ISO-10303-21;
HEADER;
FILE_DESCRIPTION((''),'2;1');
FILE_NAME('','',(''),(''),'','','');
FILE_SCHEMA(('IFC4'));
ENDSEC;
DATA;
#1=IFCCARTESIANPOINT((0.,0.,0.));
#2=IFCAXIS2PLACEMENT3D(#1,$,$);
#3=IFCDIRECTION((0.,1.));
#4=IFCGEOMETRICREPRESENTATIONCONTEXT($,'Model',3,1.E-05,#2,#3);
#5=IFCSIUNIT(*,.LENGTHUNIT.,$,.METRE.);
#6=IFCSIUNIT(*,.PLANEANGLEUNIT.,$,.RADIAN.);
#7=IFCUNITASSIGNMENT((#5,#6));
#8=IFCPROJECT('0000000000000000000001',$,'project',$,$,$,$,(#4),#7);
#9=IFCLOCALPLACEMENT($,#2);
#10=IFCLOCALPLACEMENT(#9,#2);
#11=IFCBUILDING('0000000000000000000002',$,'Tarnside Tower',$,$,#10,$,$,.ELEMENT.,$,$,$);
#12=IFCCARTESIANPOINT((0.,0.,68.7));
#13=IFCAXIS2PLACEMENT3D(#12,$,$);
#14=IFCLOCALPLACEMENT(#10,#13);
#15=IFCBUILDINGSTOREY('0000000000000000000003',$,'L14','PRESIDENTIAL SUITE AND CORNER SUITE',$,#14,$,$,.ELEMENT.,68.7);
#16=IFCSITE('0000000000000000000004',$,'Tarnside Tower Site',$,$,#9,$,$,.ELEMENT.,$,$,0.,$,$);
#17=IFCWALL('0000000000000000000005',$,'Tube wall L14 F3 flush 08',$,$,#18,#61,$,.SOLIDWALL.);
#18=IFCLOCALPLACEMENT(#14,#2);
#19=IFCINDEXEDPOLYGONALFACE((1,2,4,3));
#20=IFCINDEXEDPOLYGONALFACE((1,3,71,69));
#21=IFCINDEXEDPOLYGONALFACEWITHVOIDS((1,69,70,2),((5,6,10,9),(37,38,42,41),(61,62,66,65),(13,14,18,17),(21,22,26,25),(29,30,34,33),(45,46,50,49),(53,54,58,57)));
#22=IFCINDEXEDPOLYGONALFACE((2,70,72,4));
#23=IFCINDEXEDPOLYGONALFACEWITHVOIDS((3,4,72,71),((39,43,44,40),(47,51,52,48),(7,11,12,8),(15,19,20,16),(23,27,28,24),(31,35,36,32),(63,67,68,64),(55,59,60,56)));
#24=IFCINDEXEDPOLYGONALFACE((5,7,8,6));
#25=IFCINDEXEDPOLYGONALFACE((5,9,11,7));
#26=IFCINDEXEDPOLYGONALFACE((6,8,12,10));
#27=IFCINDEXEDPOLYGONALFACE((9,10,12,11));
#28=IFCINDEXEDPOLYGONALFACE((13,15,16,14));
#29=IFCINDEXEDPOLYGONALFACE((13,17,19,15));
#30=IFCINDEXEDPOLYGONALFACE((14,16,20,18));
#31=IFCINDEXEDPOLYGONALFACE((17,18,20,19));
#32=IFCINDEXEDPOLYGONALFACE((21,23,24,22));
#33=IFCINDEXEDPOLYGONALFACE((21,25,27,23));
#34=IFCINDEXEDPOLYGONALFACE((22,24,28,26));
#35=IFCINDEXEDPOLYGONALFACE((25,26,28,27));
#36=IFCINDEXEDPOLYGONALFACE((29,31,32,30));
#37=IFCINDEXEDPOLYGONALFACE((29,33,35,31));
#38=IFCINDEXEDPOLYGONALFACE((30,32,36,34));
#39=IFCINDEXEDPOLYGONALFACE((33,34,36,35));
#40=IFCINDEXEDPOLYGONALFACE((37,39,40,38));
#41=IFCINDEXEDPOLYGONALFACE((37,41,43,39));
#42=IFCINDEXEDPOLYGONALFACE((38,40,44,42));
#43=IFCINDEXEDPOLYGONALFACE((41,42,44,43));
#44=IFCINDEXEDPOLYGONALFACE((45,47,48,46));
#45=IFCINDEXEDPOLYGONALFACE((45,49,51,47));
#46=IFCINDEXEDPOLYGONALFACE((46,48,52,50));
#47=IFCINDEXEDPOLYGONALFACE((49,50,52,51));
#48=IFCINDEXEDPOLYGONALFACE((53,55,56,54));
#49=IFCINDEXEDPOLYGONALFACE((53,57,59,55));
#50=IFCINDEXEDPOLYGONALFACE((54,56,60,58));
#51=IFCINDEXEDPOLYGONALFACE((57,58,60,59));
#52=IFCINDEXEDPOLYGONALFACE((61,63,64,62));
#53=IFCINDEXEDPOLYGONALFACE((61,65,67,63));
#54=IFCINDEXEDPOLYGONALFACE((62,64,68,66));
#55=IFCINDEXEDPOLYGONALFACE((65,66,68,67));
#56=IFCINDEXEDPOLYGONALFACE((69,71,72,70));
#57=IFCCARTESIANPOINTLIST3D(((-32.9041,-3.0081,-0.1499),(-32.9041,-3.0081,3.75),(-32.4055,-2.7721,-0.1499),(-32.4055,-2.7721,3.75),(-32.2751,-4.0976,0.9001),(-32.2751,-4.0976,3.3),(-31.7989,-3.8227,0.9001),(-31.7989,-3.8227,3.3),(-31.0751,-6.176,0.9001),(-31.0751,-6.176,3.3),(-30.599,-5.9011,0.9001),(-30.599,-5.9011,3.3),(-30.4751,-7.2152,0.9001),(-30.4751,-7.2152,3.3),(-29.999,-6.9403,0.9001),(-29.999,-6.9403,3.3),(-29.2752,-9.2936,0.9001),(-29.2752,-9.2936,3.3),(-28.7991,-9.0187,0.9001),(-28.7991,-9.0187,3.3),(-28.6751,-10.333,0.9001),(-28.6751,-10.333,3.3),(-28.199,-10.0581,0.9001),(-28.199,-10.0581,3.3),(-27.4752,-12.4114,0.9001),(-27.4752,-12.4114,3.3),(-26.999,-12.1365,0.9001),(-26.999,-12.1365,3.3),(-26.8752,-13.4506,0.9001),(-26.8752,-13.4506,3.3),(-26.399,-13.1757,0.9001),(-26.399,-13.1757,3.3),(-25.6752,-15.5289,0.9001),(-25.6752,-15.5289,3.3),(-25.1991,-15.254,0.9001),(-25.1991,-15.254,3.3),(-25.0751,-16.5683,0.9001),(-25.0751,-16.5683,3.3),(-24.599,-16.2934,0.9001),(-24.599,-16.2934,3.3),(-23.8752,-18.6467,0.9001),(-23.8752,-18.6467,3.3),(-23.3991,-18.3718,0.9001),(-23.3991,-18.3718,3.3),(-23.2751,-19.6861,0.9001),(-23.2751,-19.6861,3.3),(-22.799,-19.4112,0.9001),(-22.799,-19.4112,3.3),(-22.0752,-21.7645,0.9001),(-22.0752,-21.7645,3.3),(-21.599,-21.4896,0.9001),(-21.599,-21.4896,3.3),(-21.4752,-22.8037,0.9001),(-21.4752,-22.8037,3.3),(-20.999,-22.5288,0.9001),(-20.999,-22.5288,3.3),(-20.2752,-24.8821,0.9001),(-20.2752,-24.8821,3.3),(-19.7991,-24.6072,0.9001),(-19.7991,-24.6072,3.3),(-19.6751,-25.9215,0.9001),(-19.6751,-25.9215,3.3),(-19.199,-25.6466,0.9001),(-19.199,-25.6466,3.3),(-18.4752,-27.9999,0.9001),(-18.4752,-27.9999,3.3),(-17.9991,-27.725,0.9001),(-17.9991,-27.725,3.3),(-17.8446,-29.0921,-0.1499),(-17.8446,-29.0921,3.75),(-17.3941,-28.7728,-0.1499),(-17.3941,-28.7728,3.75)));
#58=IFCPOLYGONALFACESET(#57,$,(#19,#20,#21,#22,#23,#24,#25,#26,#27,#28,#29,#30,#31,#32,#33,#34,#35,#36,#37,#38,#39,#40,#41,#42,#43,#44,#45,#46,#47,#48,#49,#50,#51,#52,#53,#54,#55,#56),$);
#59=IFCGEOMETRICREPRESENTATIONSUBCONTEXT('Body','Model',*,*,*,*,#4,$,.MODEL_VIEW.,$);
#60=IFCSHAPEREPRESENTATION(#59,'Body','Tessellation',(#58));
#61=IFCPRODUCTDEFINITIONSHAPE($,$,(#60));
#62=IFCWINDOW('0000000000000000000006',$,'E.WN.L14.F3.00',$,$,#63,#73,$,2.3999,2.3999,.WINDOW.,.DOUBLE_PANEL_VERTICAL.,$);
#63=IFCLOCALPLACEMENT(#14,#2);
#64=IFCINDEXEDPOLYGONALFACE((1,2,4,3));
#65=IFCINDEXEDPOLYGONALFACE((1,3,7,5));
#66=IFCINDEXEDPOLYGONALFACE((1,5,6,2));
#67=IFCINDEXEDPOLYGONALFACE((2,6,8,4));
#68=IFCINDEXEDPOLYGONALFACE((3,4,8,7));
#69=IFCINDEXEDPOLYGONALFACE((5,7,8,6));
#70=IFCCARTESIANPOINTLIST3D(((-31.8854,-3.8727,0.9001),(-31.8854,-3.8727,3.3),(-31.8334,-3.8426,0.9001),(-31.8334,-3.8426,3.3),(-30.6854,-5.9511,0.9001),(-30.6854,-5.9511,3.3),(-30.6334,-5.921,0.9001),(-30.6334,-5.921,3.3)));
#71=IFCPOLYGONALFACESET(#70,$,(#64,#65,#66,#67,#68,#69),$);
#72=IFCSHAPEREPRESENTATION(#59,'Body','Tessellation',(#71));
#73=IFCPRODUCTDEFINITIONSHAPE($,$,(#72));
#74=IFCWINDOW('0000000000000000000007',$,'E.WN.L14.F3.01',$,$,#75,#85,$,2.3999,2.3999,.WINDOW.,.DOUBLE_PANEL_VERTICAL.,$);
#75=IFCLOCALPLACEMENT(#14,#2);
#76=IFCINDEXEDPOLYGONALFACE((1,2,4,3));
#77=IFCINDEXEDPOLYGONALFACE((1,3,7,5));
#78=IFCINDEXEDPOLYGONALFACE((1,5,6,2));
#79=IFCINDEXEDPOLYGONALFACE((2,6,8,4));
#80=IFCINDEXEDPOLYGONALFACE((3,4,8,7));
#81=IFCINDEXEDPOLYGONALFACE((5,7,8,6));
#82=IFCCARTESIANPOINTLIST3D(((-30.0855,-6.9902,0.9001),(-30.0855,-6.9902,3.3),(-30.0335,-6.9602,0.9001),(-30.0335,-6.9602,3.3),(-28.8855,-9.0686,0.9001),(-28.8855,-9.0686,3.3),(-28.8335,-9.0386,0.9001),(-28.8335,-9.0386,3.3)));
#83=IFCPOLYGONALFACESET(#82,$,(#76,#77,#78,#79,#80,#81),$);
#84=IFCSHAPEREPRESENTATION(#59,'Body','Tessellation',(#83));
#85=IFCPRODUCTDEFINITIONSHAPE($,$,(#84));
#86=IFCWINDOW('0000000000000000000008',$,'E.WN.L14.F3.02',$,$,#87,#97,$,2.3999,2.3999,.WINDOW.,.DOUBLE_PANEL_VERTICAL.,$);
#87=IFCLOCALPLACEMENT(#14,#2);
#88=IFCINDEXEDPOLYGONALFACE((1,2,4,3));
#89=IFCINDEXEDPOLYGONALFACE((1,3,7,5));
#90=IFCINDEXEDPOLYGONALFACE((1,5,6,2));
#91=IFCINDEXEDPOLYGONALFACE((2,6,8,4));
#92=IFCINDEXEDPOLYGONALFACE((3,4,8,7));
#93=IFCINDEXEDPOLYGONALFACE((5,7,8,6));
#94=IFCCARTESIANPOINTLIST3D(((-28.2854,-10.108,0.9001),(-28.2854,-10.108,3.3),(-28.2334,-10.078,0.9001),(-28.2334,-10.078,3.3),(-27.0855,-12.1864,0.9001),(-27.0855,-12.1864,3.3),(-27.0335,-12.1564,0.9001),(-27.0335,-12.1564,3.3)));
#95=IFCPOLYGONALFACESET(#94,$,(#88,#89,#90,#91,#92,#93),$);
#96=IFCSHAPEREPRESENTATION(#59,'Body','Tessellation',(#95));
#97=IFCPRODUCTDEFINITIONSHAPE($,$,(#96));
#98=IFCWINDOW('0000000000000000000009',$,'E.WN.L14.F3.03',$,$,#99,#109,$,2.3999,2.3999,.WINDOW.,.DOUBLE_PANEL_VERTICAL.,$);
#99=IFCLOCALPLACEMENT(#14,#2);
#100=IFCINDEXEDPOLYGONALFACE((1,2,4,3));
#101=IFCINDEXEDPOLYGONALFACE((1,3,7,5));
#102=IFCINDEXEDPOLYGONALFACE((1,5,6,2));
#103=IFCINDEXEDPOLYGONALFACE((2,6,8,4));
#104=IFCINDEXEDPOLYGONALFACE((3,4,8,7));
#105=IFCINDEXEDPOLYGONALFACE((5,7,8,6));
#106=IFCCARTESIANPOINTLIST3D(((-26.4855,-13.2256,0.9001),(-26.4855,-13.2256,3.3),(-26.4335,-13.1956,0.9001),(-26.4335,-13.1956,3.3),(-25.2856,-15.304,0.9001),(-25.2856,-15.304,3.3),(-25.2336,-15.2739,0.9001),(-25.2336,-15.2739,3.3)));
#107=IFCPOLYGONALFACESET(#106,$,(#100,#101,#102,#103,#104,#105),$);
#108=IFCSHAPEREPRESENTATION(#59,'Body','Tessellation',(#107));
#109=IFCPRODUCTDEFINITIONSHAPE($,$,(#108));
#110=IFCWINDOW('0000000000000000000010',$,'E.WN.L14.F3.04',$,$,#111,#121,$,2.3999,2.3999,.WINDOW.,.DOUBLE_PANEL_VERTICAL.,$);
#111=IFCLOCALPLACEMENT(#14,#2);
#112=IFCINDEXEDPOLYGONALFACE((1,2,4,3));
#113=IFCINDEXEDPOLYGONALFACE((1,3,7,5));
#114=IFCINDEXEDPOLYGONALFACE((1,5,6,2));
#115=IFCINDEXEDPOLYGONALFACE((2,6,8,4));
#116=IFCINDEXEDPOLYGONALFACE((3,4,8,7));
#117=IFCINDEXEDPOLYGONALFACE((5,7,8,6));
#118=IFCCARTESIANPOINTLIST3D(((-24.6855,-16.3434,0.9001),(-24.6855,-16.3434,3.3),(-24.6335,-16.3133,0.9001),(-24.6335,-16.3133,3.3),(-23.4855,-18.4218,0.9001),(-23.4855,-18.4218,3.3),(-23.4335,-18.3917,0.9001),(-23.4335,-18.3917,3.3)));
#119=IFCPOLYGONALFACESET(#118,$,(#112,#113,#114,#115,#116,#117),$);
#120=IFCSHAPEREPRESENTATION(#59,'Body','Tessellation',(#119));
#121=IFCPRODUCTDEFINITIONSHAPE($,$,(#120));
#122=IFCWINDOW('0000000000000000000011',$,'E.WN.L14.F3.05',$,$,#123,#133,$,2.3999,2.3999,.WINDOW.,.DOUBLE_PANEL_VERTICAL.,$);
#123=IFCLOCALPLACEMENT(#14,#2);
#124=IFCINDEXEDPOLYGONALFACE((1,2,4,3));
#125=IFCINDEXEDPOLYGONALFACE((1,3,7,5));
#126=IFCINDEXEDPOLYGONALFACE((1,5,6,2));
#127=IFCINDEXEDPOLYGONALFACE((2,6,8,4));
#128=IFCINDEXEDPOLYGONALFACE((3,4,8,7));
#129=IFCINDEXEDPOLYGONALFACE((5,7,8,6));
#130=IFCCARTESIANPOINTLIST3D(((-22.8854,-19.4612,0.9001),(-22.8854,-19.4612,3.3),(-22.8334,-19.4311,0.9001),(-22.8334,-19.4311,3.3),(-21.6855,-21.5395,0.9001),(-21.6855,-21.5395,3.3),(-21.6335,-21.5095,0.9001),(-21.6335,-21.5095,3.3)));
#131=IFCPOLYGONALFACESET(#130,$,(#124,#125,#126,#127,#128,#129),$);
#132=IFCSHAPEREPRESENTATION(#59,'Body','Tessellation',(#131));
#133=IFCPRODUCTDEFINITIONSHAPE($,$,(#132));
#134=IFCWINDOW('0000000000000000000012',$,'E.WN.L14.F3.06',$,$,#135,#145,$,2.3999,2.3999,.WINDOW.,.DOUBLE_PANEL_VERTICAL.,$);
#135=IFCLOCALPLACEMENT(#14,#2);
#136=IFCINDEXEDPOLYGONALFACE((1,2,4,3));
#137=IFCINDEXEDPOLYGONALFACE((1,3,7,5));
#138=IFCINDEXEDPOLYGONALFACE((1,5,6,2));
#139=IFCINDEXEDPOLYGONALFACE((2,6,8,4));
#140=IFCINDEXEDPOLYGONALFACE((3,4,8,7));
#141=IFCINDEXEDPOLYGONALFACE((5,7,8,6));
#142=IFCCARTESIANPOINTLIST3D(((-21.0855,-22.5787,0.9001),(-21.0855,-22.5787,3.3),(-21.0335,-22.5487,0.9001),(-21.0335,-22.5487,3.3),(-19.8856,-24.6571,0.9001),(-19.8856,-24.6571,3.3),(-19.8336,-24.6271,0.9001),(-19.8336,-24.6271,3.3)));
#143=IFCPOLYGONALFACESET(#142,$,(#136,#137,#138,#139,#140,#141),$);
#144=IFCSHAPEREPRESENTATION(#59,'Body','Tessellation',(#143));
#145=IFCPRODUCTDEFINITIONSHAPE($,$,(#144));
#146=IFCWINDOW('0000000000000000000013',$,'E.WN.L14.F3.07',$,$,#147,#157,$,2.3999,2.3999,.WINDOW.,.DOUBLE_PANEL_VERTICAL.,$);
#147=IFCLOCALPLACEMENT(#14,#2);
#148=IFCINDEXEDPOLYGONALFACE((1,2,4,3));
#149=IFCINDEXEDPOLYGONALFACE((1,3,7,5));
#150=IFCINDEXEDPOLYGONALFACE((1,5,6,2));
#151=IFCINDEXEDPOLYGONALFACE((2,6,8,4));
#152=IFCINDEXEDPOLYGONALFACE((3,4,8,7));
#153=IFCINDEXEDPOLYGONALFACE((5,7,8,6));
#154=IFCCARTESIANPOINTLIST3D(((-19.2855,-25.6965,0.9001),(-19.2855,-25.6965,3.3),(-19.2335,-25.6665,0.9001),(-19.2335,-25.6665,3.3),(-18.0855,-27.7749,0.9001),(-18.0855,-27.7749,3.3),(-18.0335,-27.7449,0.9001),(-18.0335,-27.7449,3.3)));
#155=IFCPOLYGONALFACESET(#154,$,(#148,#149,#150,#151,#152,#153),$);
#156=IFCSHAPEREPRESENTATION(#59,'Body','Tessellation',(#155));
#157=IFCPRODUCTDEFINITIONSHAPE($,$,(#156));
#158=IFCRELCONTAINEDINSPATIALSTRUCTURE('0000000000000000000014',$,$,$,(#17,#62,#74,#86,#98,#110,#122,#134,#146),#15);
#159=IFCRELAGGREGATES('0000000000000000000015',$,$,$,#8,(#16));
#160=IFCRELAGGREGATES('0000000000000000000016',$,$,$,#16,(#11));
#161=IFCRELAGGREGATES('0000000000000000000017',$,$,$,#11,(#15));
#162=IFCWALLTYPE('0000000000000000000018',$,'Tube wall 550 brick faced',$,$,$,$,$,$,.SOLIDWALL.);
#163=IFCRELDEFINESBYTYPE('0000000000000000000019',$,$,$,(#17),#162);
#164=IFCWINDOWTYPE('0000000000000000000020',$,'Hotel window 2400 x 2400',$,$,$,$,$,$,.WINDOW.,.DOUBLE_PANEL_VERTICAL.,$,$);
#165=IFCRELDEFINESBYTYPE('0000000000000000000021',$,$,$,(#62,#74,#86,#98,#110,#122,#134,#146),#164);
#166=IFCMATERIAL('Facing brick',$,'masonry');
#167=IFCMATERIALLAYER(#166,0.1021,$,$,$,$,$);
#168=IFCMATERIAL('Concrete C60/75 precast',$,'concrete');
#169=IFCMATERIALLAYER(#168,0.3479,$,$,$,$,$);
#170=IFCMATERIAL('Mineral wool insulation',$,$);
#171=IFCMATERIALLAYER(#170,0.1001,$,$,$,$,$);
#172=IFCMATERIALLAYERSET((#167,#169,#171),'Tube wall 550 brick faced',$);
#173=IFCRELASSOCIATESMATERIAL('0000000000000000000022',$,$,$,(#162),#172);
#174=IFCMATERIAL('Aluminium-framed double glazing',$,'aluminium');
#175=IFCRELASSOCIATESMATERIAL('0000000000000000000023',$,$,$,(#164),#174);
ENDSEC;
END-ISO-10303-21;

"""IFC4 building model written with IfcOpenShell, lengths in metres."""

from ifc_helpers import new_model, si_unit, direction, frame, frame_2d, origin, place, context, subcontext, project, spatial, polyline, rectangle, outline, extrude, material, layer, layer_set, type_object, element, fill, save


model = new_model("IFC4")

# Units and contexts
model_context = context("Model", 3, precision=1e-05, world=origin(), true_north=direction((0.0, 1.0)))
body_context = subcontext(model_context, "Body", "Model", "MODEL_VIEW")
ifc_project = project(units=[si_unit("LENGTHUNIT", "METRE"), si_unit("PLANEANGLEUNIT", "RADIAN")], contexts=[model_context])

# Site, building, storey
site_placement = place(None, origin())
site = spatial("IfcSite", under=ifc_project, at=site_placement, Name="Tarnside Tower Site", CompositionType="ELEMENT", RefElevation=0.0)
building_placement = place(site_placement, origin())
building = spatial("IfcBuilding", under=site, at=building_placement, Name="Tarnside Tower", CompositionType="ELEMENT")
storey_placement = place(building_placement, frame((0.0, 0.0, 68.7)))
storey = spatial("IfcBuildingStorey", under=building, at=storey_placement, Name="L14", Description="PRESIDENTIAL SUITE AND CORNER SUITE", CompositionType="ELEMENT", Elevation=68.7)

# Shared definitions
ifc_material_1 = material(Name="Facing brick", Category="masonry")
ifc_layer_1 = layer(ifc_material_1, 0.1021)
ifc_material_2 = material(Name="Concrete C60/75 precast", Category="concrete")
ifc_layer_2 = layer(ifc_material_2, 0.3479)
ifc_material_3 = material(Name="Mineral wool insulation")
ifc_layer_3 = layer(ifc_material_3, 0.1001)
ifc_layer_set_1 = layer_set([ifc_layer_1, ifc_layer_2, ifc_layer_3], Name="Tube wall 550 brick faced")
wall_type_1 = type_object("IfcWallType", Name="Tube wall 550 brick faced", PredefinedType="SOLIDWALL", material=ifc_layer_set_1)

# Wall, openings, windows
wall_1_placement = place(storey_placement, frame((-32.6548, -2.8901, -0.1499), z_axis=(0.0, 0.0, 1.0), x_axis=(0.499998, -0.866027, 0.0)))
wall_1 = element("IfcWall", 1, at=wall_1_placement, inside=storey, type_object=wall_type_1, Name="Tube wall L14 F3 flush 08", PredefinedType="SOLIDWALL", context=body_context, shape_type="SweptSolid", body=[
    extrude(outline(polyline([(-0.0225, -0.2749), (30.0967, -0.2749), (30.0454, 0.2749), (0.0225, 0.2749), (-0.0225, -0.2749)])), origin(), (0.0, 0.0, 1.0), 3.8999),
])
opening_1_placement = place(wall_1_placement, frame((1.2356, 0.0, 1.05)))
opening_1 = element("IfcOpeningElement", 2, at=opening_1_placement, cuts=wall_1, PredefinedType="OPENING", context=body_context, shape_type="SweptSolid", body=[
    extrude(rectangle(XDim=2.3999, YDim=2.3999, at=frame_2d((1.2, 1.2))), frame((0.0, 0.2852, 0.0), z_axis=(0.0, -1.0, 0.0), x_axis=(1.0, 0.0, 0.0)), (0.0, 0.0, 1.0), 0.5701),
])
opening_2_placement = place(wall_1_placement, frame((4.8354, 0.0, 1.05)))
opening_2 = element("IfcOpeningElement", 3, at=opening_2_placement, cuts=wall_1, PredefinedType="OPENING", context=body_context, shape_type="SweptSolid", body=[
    extrude(rectangle(XDim=2.3999, YDim=2.3999, at=frame_2d((1.2, 1.2))), frame((0.0, 0.2852, 0.0), z_axis=(0.0, -1.0, 0.0), x_axis=(1.0, 0.0, 0.0)), (0.0, 0.0, 1.0), 0.5701),
])
opening_3_placement = place(wall_1_placement, frame((8.4355, 0.0, 1.05)))
opening_3 = element("IfcOpeningElement", 4, at=opening_3_placement, cuts=wall_1, PredefinedType="OPENING", context=body_context, shape_type="SweptSolid", body=[
    extrude(rectangle(XDim=2.3999, YDim=2.3999, at=frame_2d((1.2, 1.2))), frame((0.0, 0.2852, 0.0), z_axis=(0.0, -1.0, 0.0), x_axis=(1.0, 0.0, 0.0)), (0.0, 0.0, 1.0), 0.5701),
])
opening_4_placement = place(wall_1_placement, frame((12.0354, 0.0, 1.05)))
opening_4 = element("IfcOpeningElement", 5, at=opening_4_placement, cuts=wall_1, PredefinedType="OPENING", context=body_context, shape_type="SweptSolid", body=[
    extrude(rectangle(XDim=2.3999, YDim=2.3999, at=frame_2d((1.2, 1.2))), frame((0.0, 0.2852, 0.0), z_axis=(0.0, -1.0, 0.0), x_axis=(1.0, 0.0, 0.0)), (0.0, 0.0, 1.0), 0.5701),
])
opening_5_placement = place(wall_1_placement, frame((15.6355, 0.0, 1.05)))
opening_5 = element("IfcOpeningElement", 6, at=opening_5_placement, cuts=wall_1, PredefinedType="OPENING", context=body_context, shape_type="SweptSolid", body=[
    extrude(rectangle(XDim=2.3999, YDim=2.3999, at=frame_2d((1.2, 1.2))), frame((0.0, 0.2852, 0.0), z_axis=(0.0, -1.0, 0.0), x_axis=(1.0, 0.0, 0.0)), (0.0, 0.0, 1.0), 0.5701),
])
opening_6_placement = place(wall_1_placement, frame((19.2356, 0.0, 1.05)))
opening_6 = element("IfcOpeningElement", 7, at=opening_6_placement, cuts=wall_1, PredefinedType="OPENING", context=body_context, shape_type="SweptSolid", body=[
    extrude(rectangle(XDim=2.3999, YDim=2.3999, at=frame_2d((1.2, 1.2))), frame((0.0, 0.2852, 0.0), z_axis=(0.0, -1.0, 0.0), x_axis=(1.0, 0.0, 0.0)), (0.0, 0.0, 1.0), 0.5701),
])
opening_7_placement = place(wall_1_placement, frame((22.8354, 0.0, 1.05)))
opening_7 = element("IfcOpeningElement", 8, at=opening_7_placement, cuts=wall_1, PredefinedType="OPENING", context=body_context, shape_type="SweptSolid", body=[
    extrude(rectangle(XDim=2.3999, YDim=2.3999, at=frame_2d((1.2, 1.2))), frame((0.0, 0.2852, 0.0), z_axis=(0.0, -1.0, 0.0), x_axis=(1.0, 0.0, 0.0)), (0.0, 0.0, 1.0), 0.5701),
])
opening_8_placement = place(wall_1_placement, frame((26.4355, 0.0, 1.05)))
opening_8 = element("IfcOpeningElement", 9, at=opening_8_placement, cuts=wall_1, PredefinedType="OPENING", context=body_context, shape_type="SweptSolid", body=[
    extrude(rectangle(XDim=2.3999, YDim=2.3999, at=frame_2d((1.2, 1.2))), frame((0.0, 0.2852, 0.0), z_axis=(0.0, -1.0, 0.0), x_axis=(1.0, 0.0, 0.0)), (0.0, 0.0, 1.0), 0.5701),
])
ifc_material_4 = material(Name="Aluminium-framed double glazing", Category="aluminium")
window_type = type_object("IfcWindowType", Name="Hotel window 2400 x 2400", PartitioningType="DOUBLE_PANEL_VERTICAL", PredefinedType="WINDOW", material=ifc_material_4)
window_1_placement = place(opening_1_placement, frame((0.0, 0.2051, 0.0)))
window_1 = element("IfcWindow", 10, at=window_1_placement, inside=storey, type_object=window_type, Name="E.WN.L14.F3.00", OverallHeight=2.3999, OverallWidth=2.3999, PartitioningType="DOUBLE_PANEL_VERTICAL", PredefinedType="WINDOW", context=body_context, shape_type="SweptSolid", body=[
    extrude(rectangle(XDim=2.3999, YDim=2.3999, at=frame_2d((1.2, 1.2))), frame((0.0, 0.03, 0.0), z_axis=(0.0, -1.0, 0.0), x_axis=(1.0, 0.0, 0.0)), (0.0, 0.0, 1.0), 0.0601),
])
fill(opening_1, window_1)
window_2_placement = place(opening_2_placement, frame((0.0, 0.2051, 0.0)))
window_2 = element("IfcWindow", 11, at=window_2_placement, inside=storey, type_object=window_type, Name="E.WN.L14.F3.01", OverallHeight=2.3999, OverallWidth=2.3999, PartitioningType="DOUBLE_PANEL_VERTICAL", PredefinedType="WINDOW", context=body_context, shape_type="SweptSolid", body=[
    extrude(rectangle(XDim=2.3999, YDim=2.3999, at=frame_2d((1.2, 1.2))), frame((0.0, 0.03, 0.0), z_axis=(0.0, -1.0, 0.0), x_axis=(1.0, 0.0, 0.0)), (0.0, 0.0, 1.0), 0.0601),
])
fill(opening_2, window_2)
window_3_placement = place(opening_3_placement, frame((0.0, 0.2051, 0.0)))
window_3 = element("IfcWindow", 12, at=window_3_placement, inside=storey, type_object=window_type, Name="E.WN.L14.F3.02", OverallHeight=2.3999, OverallWidth=2.3999, PartitioningType="DOUBLE_PANEL_VERTICAL", PredefinedType="WINDOW", context=body_context, shape_type="SweptSolid", body=[
    extrude(rectangle(XDim=2.3999, YDim=2.3999, at=frame_2d((1.2, 1.2))), frame((0.0, 0.03, 0.0), z_axis=(0.0, -1.0, 0.0), x_axis=(1.0, 0.0, 0.0)), (0.0, 0.0, 1.0), 0.0601),
])
fill(opening_3, window_3)
window_4_placement = place(opening_4_placement, frame((0.0, 0.2051, 0.0)))
window_4 = element("IfcWindow", 13, at=window_4_placement, inside=storey, type_object=window_type, Name="E.WN.L14.F3.03", OverallHeight=2.3999, OverallWidth=2.3999, PartitioningType="DOUBLE_PANEL_VERTICAL", PredefinedType="WINDOW", context=body_context, shape_type="SweptSolid", body=[
    extrude(rectangle(XDim=2.3999, YDim=2.3999, at=frame_2d((1.2, 1.2))), frame((0.0, 0.03, 0.0), z_axis=(0.0, -1.0, 0.0), x_axis=(1.0, 0.0, 0.0)), (0.0, 0.0, 1.0), 0.0601),
])
fill(opening_4, window_4)
window_5_placement = place(opening_5_placement, frame((0.0, 0.2051, 0.0)))
window_5 = element("IfcWindow", 14, at=window_5_placement, inside=storey, type_object=window_type, Name="E.WN.L14.F3.04", OverallHeight=2.3999, OverallWidth=2.3999, PartitioningType="DOUBLE_PANEL_VERTICAL", PredefinedType="WINDOW", context=body_context, shape_type="SweptSolid", body=[
    extrude(rectangle(XDim=2.3999, YDim=2.3999, at=frame_2d((1.2, 1.2))), frame((0.0, 0.03, 0.0), z_axis=(0.0, -1.0, 0.0), x_axis=(1.0, 0.0, 0.0)), (0.0, 0.0, 1.0), 0.0601),
])
fill(opening_5, window_5)
window_6_placement = place(opening_6_placement, frame((0.0, 0.2051, 0.0)))
window_6 = element("IfcWindow", 15, at=window_6_placement, inside=storey, type_object=window_type, Name="E.WN.L14.F3.05", OverallHeight=2.3999, OverallWidth=2.3999, PartitioningType="DOUBLE_PANEL_VERTICAL", PredefinedType="WINDOW", context=body_context, shape_type="SweptSolid", body=[
    extrude(rectangle(XDim=2.3999, YDim=2.3999, at=frame_2d((1.2, 1.2))), frame((0.0, 0.03, 0.0), z_axis=(0.0, -1.0, 0.0), x_axis=(1.0, 0.0, 0.0)), (0.0, 0.0, 1.0), 0.0601),
])
fill(opening_6, window_6)
window_7_placement = place(opening_7_placement, frame((0.0, 0.2051, 0.0)))
window_7 = element("IfcWindow", 16, at=window_7_placement, inside=storey, type_object=window_type, Name="E.WN.L14.F3.06", OverallHeight=2.3999, OverallWidth=2.3999, PartitioningType="DOUBLE_PANEL_VERTICAL", PredefinedType="WINDOW", context=body_context, shape_type="SweptSolid", body=[
    extrude(rectangle(XDim=2.3999, YDim=2.3999, at=frame_2d((1.2, 1.2))), frame((0.0, 0.03, 0.0), z_axis=(0.0, -1.0, 0.0), x_axis=(1.0, 0.0, 0.0)), (0.0, 0.0, 1.0), 0.0601),
])
fill(opening_7, window_7)
window_8_placement = place(opening_8_placement, frame((0.0, 0.2051, 0.0)))
window_8 = element("IfcWindow", 17, at=window_8_placement, inside=storey, type_object=window_type, Name="E.WN.L14.F3.07", OverallHeight=2.3999, OverallWidth=2.3999, PartitioningType="DOUBLE_PANEL_VERTICAL", PredefinedType="WINDOW", context=body_context, shape_type="SweptSolid", body=[
    extrude(rectangle(XDim=2.3999, YDim=2.3999, at=frame_2d((1.2, 1.2))), frame((0.0, 0.03, 0.0), z_axis=(0.0, -1.0, 0.0), x_axis=(1.0, 0.0, 0.0)), (0.0, 0.0, 1.0), 0.0601),
])
fill(opening_8, window_8)

save(model, "model.ifc")
